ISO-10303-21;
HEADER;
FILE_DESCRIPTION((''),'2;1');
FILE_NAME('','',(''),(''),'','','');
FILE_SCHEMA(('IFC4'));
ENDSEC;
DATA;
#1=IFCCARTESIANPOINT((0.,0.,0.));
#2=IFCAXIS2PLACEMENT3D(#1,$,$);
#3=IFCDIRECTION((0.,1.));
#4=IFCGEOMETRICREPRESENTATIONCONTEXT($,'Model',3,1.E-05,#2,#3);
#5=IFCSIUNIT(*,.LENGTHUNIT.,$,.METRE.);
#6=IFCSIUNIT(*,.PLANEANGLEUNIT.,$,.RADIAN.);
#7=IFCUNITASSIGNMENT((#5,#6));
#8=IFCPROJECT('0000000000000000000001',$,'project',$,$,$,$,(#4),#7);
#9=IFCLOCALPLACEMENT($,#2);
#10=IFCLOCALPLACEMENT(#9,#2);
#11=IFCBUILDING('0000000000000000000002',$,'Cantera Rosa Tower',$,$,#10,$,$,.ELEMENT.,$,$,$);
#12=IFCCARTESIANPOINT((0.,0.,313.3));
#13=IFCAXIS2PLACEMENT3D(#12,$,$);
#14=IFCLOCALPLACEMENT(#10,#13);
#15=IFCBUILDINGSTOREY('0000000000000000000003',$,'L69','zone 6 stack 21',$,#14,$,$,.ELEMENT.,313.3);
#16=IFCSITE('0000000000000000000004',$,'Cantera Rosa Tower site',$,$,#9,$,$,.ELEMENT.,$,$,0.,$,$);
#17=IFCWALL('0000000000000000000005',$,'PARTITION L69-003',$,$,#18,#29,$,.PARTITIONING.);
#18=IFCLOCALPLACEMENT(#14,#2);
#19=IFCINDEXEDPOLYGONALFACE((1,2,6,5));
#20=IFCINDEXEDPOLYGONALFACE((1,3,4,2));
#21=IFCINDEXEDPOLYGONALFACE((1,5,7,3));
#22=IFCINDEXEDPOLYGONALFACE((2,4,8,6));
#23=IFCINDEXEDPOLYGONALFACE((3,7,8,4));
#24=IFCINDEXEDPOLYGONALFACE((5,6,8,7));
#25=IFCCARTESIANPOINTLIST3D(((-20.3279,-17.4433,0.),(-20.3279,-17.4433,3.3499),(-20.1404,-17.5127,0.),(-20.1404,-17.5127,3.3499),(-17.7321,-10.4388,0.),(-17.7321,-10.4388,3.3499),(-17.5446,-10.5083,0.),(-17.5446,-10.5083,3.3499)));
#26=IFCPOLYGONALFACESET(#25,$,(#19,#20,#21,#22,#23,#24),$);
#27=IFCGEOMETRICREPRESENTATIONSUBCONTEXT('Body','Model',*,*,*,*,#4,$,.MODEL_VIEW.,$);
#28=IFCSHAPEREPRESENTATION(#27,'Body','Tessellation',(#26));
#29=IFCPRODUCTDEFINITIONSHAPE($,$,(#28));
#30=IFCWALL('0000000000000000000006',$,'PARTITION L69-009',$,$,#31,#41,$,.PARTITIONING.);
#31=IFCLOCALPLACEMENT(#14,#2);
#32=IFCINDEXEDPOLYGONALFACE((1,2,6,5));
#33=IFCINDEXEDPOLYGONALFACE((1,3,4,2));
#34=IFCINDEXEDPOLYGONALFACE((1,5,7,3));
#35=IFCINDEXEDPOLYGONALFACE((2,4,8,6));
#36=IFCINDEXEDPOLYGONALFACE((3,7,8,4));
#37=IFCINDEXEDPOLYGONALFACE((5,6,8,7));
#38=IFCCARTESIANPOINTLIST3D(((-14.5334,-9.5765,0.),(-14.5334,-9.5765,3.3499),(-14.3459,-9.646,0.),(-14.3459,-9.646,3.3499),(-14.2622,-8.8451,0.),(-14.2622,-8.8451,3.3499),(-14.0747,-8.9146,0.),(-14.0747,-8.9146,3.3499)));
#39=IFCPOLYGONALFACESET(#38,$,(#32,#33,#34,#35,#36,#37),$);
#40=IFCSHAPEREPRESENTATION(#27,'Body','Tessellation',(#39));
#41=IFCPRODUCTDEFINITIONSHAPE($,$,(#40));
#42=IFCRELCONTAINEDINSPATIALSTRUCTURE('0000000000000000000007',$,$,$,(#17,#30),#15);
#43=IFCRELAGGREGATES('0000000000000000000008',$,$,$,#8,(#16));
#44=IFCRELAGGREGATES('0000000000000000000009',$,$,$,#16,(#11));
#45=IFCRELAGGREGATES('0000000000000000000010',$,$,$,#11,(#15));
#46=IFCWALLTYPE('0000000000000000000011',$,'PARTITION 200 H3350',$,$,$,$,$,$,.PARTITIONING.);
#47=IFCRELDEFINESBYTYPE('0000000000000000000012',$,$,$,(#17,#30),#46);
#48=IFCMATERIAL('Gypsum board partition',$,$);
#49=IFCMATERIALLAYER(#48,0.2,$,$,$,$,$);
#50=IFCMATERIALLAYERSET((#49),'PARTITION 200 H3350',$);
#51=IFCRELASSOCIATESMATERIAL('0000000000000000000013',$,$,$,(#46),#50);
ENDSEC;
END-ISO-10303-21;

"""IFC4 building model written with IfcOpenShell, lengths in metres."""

from ifc_helpers import new_model, si_unit, direction, frame, frame_2d, origin, place, context, subcontext, project, spatial, rectangle, extrude, material, layer, layer_set, type_object, element, save


model = new_model("IFC4")

# Units and contexts
model_context = context("Model", 3, precision=1e-05, world=origin(), true_north=direction((0.0, 1.0)))
body_context = subcontext(model_context, "Body", "Model", "MODEL_VIEW")
ifc_project = project(units=[si_unit("LENGTHUNIT", "METRE"), si_unit("PLANEANGLEUNIT", "RADIAN")], contexts=[model_context])

# Site, building, storey
site_placement = place(None, origin())
site = spatial("IfcSite", under=ifc_project, at=site_placement, Name="Cantera Rosa Tower site", CompositionType="ELEMENT", RefElevation=0.0)
building_placement = place(site_placement, origin())
building = spatial("IfcBuilding", under=site, at=building_placement, Name="Cantera Rosa Tower", CompositionType="ELEMENT")
storey_placement = place(building_placement, frame((0.0, 0.0, 313.3)))
storey = spatial("IfcBuildingStorey", under=building, at=storey_placement, Name="L69", Description="zone 6 stack 21", CompositionType="ELEMENT", Elevation=313.3)

# Walls
ifc_material_1 = material(Name="Gypsum board partition")
ifc_layer_1 = layer(ifc_material_1, 0.2)
ifc_layer_set_1 = layer_set([ifc_layer_1], Name="PARTITION 200 H3350")
wall_type_1 = type_object("IfcWallType", Name="PARTITION 200 H3350", PredefinedType="PARTITIONING", material=ifc_layer_set_1)
wall_1_placement = place(storey_placement, frame((-17.6384, -10.4736, 0.0), z_axis=(0.0, 0.0, 1.0), x_axis=(-0.347489, -0.937684, 0.0)))
element("IfcWall", 1, at=wall_1_placement, inside=storey, type_object=wall_type_1, Name="PARTITION L69-003", PredefinedType="PARTITIONING", context=body_context, shape_type="SweptSolid", body=[
    extrude(rectangle(XDim=7.47, YDim=0.2, at=frame_2d((3.7349, 0.0))), origin(), (0.0, 0.0, 1.0), 3.3499),
])
wall_2_placement = place(storey_placement, frame((-14.4397, -9.6113, 0.0), z_axis=(0.0, 0.0, 1.0), x_axis=(0.347691, 0.937609, 0.0)))
element("IfcWall", 2, at=wall_2_placement, inside=storey, type_object=wall_type_1, Name="PARTITION L69-009", PredefinedType="PARTITIONING", context=body_context, shape_type="SweptSolid", body=[
    extrude(rectangle(XDim=0.78, YDim=0.2, at=frame_2d((0.3901, 0.0))), origin(), (0.0, 0.0, 1.0), 3.3499),
])

save(model, "model.ifc")
